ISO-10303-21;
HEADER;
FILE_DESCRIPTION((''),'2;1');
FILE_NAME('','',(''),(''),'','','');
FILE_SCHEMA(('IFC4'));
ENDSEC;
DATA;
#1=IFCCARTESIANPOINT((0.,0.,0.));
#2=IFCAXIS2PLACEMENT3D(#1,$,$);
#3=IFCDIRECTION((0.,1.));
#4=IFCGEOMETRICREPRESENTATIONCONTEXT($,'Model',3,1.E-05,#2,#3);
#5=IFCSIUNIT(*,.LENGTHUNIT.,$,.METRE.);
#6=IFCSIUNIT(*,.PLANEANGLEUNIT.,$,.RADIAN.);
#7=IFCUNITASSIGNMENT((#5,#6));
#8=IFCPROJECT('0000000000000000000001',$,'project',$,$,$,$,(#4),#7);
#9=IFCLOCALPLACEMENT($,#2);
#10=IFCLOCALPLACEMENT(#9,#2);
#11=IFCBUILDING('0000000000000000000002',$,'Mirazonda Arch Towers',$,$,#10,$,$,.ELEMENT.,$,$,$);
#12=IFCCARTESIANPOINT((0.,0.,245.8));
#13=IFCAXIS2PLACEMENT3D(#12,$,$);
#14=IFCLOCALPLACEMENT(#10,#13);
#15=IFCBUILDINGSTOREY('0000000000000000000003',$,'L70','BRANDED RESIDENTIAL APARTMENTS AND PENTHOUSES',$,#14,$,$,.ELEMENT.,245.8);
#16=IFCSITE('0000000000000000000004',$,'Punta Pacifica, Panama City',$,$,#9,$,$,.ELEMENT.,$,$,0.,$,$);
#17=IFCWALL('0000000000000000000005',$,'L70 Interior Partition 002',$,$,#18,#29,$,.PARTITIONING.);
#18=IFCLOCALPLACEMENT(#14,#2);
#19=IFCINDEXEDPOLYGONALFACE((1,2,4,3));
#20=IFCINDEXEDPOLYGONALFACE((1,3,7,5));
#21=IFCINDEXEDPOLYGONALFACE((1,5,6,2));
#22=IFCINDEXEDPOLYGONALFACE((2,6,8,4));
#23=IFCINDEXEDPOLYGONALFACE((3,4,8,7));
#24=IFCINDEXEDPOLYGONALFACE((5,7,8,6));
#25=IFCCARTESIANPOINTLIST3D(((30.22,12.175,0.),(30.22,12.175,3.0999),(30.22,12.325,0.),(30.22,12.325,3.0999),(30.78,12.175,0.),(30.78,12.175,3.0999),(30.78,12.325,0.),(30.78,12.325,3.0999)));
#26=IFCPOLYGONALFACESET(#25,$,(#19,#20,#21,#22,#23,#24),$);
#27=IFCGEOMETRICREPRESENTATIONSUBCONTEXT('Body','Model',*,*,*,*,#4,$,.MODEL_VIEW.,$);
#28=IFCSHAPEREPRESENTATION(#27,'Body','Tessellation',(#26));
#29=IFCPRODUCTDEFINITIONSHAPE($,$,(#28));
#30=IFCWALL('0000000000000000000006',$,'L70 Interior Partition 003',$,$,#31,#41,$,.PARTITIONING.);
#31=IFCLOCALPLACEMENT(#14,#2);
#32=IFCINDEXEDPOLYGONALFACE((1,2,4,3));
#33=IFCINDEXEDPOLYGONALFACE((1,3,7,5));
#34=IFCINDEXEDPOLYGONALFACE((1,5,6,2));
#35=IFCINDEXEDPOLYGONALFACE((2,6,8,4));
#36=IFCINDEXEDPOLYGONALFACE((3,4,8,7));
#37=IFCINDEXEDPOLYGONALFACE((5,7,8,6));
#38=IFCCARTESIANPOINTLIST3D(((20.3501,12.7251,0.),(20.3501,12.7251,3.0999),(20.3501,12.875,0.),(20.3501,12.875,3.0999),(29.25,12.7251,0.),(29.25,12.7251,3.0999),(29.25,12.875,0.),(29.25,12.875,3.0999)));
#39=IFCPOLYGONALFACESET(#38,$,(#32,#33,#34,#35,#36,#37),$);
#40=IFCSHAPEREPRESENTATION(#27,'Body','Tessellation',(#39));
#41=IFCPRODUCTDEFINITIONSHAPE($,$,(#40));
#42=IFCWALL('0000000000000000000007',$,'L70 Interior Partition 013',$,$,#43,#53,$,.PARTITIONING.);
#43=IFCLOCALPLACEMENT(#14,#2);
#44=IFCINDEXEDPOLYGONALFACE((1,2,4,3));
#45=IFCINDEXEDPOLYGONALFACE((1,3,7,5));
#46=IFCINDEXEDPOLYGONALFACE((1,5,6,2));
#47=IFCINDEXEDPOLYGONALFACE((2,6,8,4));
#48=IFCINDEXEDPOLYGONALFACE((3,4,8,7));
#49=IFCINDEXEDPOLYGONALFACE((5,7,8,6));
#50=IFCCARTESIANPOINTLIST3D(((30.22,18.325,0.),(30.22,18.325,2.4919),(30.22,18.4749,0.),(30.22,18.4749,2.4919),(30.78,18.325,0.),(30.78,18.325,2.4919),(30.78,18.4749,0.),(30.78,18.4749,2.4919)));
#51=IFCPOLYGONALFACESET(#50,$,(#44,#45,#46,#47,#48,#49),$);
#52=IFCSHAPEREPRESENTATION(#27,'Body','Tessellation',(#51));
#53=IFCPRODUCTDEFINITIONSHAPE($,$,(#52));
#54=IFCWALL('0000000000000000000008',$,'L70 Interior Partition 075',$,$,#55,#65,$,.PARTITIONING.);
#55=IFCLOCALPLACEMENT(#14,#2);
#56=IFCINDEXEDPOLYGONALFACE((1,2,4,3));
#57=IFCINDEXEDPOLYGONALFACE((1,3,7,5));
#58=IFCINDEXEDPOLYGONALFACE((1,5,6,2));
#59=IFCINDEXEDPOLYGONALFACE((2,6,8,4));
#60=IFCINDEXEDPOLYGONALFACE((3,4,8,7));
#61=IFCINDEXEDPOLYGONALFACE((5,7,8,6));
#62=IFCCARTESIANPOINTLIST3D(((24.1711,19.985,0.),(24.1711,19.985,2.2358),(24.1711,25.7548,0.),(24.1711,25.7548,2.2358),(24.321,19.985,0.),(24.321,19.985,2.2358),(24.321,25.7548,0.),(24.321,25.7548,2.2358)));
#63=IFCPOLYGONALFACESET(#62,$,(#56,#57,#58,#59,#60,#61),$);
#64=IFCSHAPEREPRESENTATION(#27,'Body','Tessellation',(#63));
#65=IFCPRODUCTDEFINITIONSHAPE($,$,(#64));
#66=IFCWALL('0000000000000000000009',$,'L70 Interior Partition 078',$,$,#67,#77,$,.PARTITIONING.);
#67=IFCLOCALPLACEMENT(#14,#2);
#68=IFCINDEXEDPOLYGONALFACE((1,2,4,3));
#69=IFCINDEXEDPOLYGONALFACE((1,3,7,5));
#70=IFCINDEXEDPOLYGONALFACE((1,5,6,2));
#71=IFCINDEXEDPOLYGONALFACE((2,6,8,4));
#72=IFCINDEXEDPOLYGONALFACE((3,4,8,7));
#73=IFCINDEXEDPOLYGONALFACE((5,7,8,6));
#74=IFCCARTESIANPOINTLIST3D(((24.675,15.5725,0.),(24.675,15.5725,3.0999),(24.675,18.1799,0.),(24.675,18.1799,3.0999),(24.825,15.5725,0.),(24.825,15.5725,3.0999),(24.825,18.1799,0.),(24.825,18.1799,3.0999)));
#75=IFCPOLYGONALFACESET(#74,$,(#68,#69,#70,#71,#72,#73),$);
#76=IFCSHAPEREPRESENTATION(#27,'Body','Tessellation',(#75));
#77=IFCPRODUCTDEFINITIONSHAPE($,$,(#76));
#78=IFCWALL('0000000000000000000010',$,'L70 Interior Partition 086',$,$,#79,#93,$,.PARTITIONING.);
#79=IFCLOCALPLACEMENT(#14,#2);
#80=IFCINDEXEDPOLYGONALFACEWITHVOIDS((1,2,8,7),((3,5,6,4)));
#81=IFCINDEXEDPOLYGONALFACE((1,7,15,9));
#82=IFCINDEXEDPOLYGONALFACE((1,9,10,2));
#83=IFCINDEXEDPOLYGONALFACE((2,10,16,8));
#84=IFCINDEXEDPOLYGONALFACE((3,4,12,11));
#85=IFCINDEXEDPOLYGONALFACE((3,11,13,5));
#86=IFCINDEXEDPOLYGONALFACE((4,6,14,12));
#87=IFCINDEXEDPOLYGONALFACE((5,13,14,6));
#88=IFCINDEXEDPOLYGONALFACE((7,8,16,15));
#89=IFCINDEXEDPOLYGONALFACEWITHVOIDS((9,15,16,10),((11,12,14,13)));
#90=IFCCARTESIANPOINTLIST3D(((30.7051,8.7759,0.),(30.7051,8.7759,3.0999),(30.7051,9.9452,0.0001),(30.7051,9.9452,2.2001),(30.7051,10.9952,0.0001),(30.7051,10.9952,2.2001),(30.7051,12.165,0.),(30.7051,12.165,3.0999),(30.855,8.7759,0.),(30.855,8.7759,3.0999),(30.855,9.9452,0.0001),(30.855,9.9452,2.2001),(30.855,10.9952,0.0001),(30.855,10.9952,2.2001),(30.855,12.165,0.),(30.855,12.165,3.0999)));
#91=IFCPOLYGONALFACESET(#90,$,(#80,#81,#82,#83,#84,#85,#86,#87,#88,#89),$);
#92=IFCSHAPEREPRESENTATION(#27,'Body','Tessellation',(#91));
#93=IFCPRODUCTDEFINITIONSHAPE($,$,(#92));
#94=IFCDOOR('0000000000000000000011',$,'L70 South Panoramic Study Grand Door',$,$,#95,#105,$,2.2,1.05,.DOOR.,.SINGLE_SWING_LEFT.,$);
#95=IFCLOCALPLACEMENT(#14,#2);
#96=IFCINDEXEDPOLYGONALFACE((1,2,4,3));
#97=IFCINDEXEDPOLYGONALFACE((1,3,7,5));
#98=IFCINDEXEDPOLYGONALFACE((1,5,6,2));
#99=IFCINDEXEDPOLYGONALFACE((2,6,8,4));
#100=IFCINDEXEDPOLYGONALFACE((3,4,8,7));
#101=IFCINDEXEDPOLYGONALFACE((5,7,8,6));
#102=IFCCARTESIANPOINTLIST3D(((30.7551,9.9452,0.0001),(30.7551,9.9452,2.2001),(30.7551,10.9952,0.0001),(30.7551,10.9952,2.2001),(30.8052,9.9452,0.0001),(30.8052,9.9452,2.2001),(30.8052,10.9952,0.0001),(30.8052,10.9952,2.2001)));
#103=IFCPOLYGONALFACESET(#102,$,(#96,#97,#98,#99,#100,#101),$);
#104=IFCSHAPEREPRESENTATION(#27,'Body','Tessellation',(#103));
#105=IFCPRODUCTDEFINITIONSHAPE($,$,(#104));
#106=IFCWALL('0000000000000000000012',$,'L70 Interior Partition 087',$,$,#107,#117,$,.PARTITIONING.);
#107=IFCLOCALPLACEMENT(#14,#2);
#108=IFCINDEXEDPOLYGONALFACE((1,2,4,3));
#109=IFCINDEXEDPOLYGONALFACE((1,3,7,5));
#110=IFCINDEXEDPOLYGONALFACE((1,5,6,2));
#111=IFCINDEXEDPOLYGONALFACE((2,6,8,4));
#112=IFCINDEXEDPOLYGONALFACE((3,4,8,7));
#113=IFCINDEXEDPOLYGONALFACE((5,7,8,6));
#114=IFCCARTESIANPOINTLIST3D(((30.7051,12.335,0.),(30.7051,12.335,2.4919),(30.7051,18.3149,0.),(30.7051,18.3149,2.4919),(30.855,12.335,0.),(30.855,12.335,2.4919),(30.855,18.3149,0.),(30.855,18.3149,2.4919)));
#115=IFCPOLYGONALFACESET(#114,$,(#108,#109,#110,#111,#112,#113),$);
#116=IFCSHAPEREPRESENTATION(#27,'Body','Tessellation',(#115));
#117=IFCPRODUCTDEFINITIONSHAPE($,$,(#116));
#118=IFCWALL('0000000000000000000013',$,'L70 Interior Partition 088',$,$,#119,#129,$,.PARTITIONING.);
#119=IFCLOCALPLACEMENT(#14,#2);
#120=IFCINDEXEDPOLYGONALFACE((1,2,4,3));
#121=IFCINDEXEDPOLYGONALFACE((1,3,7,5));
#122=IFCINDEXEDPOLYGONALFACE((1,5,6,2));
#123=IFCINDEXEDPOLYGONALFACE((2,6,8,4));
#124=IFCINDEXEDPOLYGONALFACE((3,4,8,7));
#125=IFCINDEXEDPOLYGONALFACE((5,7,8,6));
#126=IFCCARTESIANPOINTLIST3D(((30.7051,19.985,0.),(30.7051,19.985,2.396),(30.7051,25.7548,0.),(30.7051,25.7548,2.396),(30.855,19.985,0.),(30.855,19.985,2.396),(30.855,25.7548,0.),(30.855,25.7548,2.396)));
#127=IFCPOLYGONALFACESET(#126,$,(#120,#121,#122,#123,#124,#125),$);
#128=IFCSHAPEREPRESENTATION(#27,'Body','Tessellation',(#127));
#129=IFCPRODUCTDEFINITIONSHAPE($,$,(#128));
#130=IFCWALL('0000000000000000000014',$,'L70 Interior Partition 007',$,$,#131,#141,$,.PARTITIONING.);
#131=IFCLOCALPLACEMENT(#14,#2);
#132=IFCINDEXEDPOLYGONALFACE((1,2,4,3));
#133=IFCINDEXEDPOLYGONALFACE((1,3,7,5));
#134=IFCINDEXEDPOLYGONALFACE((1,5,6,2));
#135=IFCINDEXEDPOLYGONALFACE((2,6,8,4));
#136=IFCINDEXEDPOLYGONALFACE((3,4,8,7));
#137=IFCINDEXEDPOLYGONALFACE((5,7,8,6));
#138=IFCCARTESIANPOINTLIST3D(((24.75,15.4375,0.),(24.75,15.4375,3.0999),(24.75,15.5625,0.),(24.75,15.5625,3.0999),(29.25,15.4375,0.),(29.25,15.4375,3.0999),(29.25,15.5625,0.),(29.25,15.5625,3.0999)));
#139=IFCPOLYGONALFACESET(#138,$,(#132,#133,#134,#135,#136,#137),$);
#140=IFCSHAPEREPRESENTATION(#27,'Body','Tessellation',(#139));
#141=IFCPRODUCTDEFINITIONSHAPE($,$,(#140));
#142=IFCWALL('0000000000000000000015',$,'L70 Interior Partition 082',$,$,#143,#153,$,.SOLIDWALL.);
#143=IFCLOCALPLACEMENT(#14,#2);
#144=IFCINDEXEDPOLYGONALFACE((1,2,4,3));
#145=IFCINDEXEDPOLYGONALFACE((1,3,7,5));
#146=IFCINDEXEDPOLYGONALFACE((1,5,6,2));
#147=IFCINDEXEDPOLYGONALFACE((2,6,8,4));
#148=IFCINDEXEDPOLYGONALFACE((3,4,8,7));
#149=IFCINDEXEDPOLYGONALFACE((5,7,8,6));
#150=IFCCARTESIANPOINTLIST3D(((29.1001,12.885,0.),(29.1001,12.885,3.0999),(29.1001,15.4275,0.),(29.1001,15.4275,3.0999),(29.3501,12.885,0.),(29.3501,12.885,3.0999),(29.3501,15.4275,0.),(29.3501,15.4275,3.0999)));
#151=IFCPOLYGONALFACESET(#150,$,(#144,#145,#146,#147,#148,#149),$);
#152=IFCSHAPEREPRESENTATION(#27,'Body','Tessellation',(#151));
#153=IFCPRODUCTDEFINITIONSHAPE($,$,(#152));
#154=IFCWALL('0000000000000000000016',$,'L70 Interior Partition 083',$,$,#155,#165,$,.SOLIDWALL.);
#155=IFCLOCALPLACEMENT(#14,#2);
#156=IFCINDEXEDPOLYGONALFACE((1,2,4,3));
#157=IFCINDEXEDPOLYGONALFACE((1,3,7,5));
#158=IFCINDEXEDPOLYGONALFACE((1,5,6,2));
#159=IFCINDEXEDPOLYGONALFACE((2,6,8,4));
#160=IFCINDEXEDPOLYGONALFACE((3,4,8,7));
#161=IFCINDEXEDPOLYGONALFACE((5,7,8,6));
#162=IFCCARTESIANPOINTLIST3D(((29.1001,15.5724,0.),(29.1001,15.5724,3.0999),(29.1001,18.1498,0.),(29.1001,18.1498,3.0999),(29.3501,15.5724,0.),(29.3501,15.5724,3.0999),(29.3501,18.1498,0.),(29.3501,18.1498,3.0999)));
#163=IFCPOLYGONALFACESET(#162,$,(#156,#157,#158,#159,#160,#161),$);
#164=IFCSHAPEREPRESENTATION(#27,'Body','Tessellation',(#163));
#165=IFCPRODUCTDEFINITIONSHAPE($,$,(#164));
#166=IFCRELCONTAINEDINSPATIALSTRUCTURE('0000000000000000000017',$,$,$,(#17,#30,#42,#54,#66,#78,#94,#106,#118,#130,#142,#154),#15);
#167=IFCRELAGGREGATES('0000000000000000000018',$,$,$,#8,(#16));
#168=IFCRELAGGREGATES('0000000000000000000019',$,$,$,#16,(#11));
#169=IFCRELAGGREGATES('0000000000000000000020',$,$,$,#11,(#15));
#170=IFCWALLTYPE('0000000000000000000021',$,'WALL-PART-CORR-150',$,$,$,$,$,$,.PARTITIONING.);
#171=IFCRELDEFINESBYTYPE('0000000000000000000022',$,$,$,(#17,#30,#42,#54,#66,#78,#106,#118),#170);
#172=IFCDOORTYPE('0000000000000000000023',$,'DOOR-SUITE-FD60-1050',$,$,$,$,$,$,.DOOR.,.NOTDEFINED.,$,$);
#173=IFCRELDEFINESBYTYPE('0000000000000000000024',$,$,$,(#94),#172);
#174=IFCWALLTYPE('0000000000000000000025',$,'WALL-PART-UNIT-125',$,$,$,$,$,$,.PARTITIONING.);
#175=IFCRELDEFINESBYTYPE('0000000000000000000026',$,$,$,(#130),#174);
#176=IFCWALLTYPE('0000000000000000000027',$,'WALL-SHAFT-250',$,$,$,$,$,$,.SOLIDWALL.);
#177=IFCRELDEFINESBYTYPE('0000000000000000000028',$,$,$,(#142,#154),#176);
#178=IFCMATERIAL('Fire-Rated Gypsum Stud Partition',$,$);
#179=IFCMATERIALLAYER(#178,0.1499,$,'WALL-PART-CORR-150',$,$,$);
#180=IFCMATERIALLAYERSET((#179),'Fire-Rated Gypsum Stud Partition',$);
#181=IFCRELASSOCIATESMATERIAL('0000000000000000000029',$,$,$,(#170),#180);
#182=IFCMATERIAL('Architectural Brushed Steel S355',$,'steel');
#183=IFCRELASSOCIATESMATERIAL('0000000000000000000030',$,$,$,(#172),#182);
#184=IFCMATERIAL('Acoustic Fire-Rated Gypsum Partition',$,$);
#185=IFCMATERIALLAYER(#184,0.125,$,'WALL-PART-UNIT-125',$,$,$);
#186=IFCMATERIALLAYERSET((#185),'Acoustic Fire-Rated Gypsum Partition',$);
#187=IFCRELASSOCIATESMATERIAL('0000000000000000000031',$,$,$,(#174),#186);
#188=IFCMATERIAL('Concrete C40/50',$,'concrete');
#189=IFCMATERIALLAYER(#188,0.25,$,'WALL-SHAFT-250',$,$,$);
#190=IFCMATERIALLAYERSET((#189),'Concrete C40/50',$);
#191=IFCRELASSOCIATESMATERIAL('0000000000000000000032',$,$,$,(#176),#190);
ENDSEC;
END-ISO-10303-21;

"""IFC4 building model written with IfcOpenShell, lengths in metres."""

from ifc_helpers import new_model, si_unit, direction, frame, frame_2d, origin, place, context, subcontext, project, spatial, rectangle, extrude, material, layer, layer_set, type_object, element, fill, save


model = new_model("IFC4")

# Units and contexts
model_context = context("Model", 3, precision=1e-05, world=origin(), true_north=direction((0.0, 1.0)))
body_context = subcontext(model_context, "Body", "Model", "MODEL_VIEW")
ifc_project = project(units=[si_unit("LENGTHUNIT", "METRE"), si_unit("PLANEANGLEUNIT", "RADIAN")], contexts=[model_context])

# Site, building, storey
site_placement = place(None, origin())
site = spatial("IfcSite", under=ifc_project, at=site_placement, Name="Punta Pacifica, Panama City", CompositionType="ELEMENT", RefElevation=0.0)
building_placement = place(site_placement, origin())
building = spatial("IfcBuilding", under=site, at=building_placement, Name="Mirazonda Arch Towers", CompositionType="ELEMENT")
storey_placement = place(building_placement, frame((0.0, 0.0, 245.8)))
storey = spatial("IfcBuildingStorey", under=building, at=storey_placement, Name="L70", Description="BRANDED RESIDENTIAL APARTMENTS AND PENTHOUSES", CompositionType="ELEMENT", Elevation=245.8)

# Walls
ifc_material_1 = material(Name="Concrete C40/50", Category="concrete")
ifc_material_2 = material(Name="Fire-Rated Gypsum Stud Partition")
ifc_layer_1 = layer(ifc_material_2, 0.1499, Name="WALL-PART-CORR-150")
ifc_layer_set_1 = layer_set([ifc_layer_1], Name="Fire-Rated Gypsum Stud Partition")
wall_type_1 = type_object("IfcWallType", Name="WALL-PART-CORR-150", PredefinedType="PARTITIONING", material=ifc_layer_set_1)
wall_1_placement = place(storey_placement, frame((30.22, 12.25, 0.0), z_axis=(0.0, 0.0, 1.0), x_axis=(1.0, 0.0, 0.0)))
element("IfcWall", 1, at=wall_1_placement, inside=storey, type_object=wall_type_1, Name="L70 Interior Partition 002", PredefinedType="PARTITIONING", context=body_context, shape_type="SweptSolid", body=[
    extrude(rectangle(XDim=0.5601, YDim=0.1499, at=frame_2d((0.28, 0.0))), origin(), (0.0, 0.0, 1.0), 3.0999),
])
wall_2_placement = place(storey_placement, frame((20.3501, 12.8, 0.0), z_axis=(0.0, 0.0, 1.0), x_axis=(1.0, 0.0, 0.0)))
element("IfcWall", 2, at=wall_2_placement, inside=storey, type_object=wall_type_1, Name="L70 Interior Partition 003", PredefinedType="PARTITIONING", context=body_context, shape_type="SweptSolid", body=[
    extrude(rectangle(XDim=8.8999, YDim=0.1499, at=frame_2d((4.45, 0.0))), origin(), (0.0, 0.0, 1.0), 3.0999),
])
wall_3_placement = place(storey_placement, frame((30.22, 18.3999, 0.0), z_axis=(0.0, 0.0, 1.0), x_axis=(1.0, 0.0, 0.0)))
element("IfcWall", 3, at=wall_3_placement, inside=storey, type_object=wall_type_1, Name="L70 Interior Partition 013", PredefinedType="PARTITIONING", context=body_context, shape_type="SweptSolid", body=[
    extrude(rectangle(XDim=0.5601, YDim=0.1499, at=frame_2d((0.28, 0.0))), origin(), (0.0, 0.0, 1.0), 2.4919),
])
wall_4_placement = place(storey_placement, frame((24.2461, 19.9851, 0.0), z_axis=(0.0, 0.0, 1.0), x_axis=(0.0, 1.0, 0.0)))
element("IfcWall", 4, at=wall_4_placement, inside=storey, type_object=wall_type_1, Name="L70 Interior Partition 075", PredefinedType="PARTITIONING", context=body_context, shape_type="SweptSolid", body=[
    extrude(rectangle(XDim=5.7698, YDim=0.1499, at=frame_2d((2.8848, 0.0))), origin(), (0.0, 0.0, 1.0), 2.2358),
])

# Shared definitions
ifc_material_3 = material(Name="Architectural Brushed Steel S355", Category="steel")

# Wall
wall_5_placement = place(storey_placement, frame((24.75, 15.5725, 0.0), z_axis=(0.0, 0.0, 1.0), x_axis=(0.0, 1.0, 0.0)))
element("IfcWall", 5, at=wall_5_placement, inside=storey, type_object=wall_type_1, Name="L70 Interior Partition 078", PredefinedType="PARTITIONING", context=body_context, shape_type="SweptSolid", body=[
    extrude(rectangle(XDim=2.6074, YDim=0.1499, at=frame_2d((1.3037, 0.0))), origin(), (0.0, 0.0, 1.0), 3.0999),
])

# Wall, opening, door
wall_6_placement = place(storey_placement, frame((30.78, 8.7759, 0.0), z_axis=(0.0, 0.0, 1.0), x_axis=(0.0, 1.0, 0.0)))
wall_6 = element("IfcWall", 6, at=wall_6_placement, inside=storey, type_object=wall_type_1, Name="L70 Interior Partition 086", PredefinedType="PARTITIONING", context=body_context, shape_type="SweptSolid", body=[
    extrude(rectangle(XDim=3.3892, YDim=0.1499, at=frame_2d((1.6946, 0.0))), origin(), (0.0, 0.0, 1.0), 3.0999),
])
opening_1_placement = place(wall_6_placement, frame((1.1694, 0.0, 0.0)))
opening_1 = element("IfcOpeningElement", 7, at=opening_1_placement, cuts=wall_6, PredefinedType="OPENING", context=body_context, shape_type="SweptSolid", body=[
    extrude(rectangle(XDim=1.05, YDim=2.2, at=frame_2d((0.5249, 1.1001))), frame((0.0, 0.085, 0.0), z_axis=(0.0, -1.0, 0.0), x_axis=(1.0, 0.0, 0.0)), (0.0, 0.0, 1.0), 0.1699),
])
door_type_1 = type_object("IfcDoorType", Name="DOOR-SUITE-FD60-1050", OperationType="NOTDEFINED", PredefinedType="DOOR", material=ifc_material_3)
door_1_placement = place(opening_1_placement, origin())
door_1 = element("IfcDoor", 8, at=door_1_placement, inside=storey, type_object=door_type_1, Name="L70 South Panoramic Study Grand Door", OperationType="SINGLE_SWING_LEFT", OverallHeight=2.2, OverallWidth=1.05, PredefinedType="DOOR", context=body_context, shape_type="SweptSolid", body=[
    extrude(rectangle(XDim=1.05, YDim=2.2, at=frame_2d((0.5249, 1.1001))), frame((0.0, 0.0249, 0.0), z_axis=(0.0, -1.0, 0.0), x_axis=(1.0, 0.0, 0.0)), (0.0, 0.0, 1.0), 0.05),
])
fill(opening_1, door_1)

# Walls
wall_7_placement = place(storey_placement, frame((30.78, 12.335, 0.0), z_axis=(0.0, 0.0, 1.0), x_axis=(0.0, 1.0, 0.0)))
element("IfcWall", 9, at=wall_7_placement, inside=storey, type_object=wall_type_1, Name="L70 Interior Partition 087", PredefinedType="PARTITIONING", context=body_context, shape_type="SweptSolid", body=[
    extrude(rectangle(XDim=5.98, YDim=0.1499, at=frame_2d((2.99, 0.0))), origin(), (0.0, 0.0, 1.0), 2.4919),
])
wall_8_placement = place(storey_placement, frame((30.78, 19.9851, 0.0), z_axis=(0.0, 0.0, 1.0), x_axis=(0.0, 1.0, 0.0)))
element("IfcWall", 10, at=wall_8_placement, inside=storey, type_object=wall_type_1, Name="L70 Interior Partition 088", PredefinedType="PARTITIONING", context=body_context, shape_type="SweptSolid", body=[
    extrude(rectangle(XDim=5.7698, YDim=0.1499, at=frame_2d((2.8848, 0.0))), origin(), (0.0, 0.0, 1.0), 2.396),
])
ifc_material_4 = material(Name="Acoustic Fire-Rated Gypsum Partition")
ifc_layer_2 = layer(ifc_material_4, 0.125, Name="WALL-PART-UNIT-125")
ifc_layer_set_2 = layer_set([ifc_layer_2], Name="Acoustic Fire-Rated Gypsum Partition")
wall_type_2 = type_object("IfcWallType", Name="WALL-PART-UNIT-125", PredefinedType="PARTITIONING", material=ifc_layer_set_2)
wall_9_placement = place(storey_placement, frame((24.75, 15.5, 0.0), z_axis=(0.0, 0.0, 1.0), x_axis=(1.0, 0.0, 0.0)))
element("IfcWall", 11, at=wall_9_placement, inside=storey, type_object=wall_type_2, Name="L70 Interior Partition 007", PredefinedType="PARTITIONING", context=body_context, shape_type="SweptSolid", body=[
    extrude(rectangle(XDim=4.5, YDim=0.125, at=frame_2d((2.25, 0.0))), origin(), (0.0, 0.0, 1.0), 3.0999),
])
ifc_layer_3 = layer(ifc_material_1, 0.25, Name="WALL-SHAFT-250")
ifc_layer_set_3 = layer_set([ifc_layer_3], Name="Concrete C40/50")
wall_type_3 = type_object("IfcWallType", Name="WALL-SHAFT-250", PredefinedType="SOLIDWALL", material=ifc_layer_set_3)
wall_10_placement = place(storey_placement, frame((29.2251, 12.885, 0.0), z_axis=(0.0, 0.0, 1.0), x_axis=(0.0, 1.0, 0.0)))
element("IfcWall", 12, at=wall_10_placement, inside=storey, type_object=wall_type_3, Name="L70 Interior Partition 082", PredefinedType="SOLIDWALL", context=body_context, shape_type="SweptSolid", body=[
    extrude(rectangle(XDim=2.5425, YDim=0.25, at=frame_2d((1.2712, 0.0))), origin(), (0.0, 0.0, 1.0), 3.0999),
])
wall_11_placement = place(storey_placement, frame((29.2251, 15.5725, 0.0), z_axis=(0.0, 0.0, 1.0), x_axis=(0.0, 1.0, 0.0)))
element("IfcWall", 13, at=wall_11_placement, inside=storey, type_object=wall_type_3, Name="L70 Interior Partition 083", PredefinedType="SOLIDWALL", context=body_context, shape_type="SweptSolid", body=[
    extrude(rectangle(XDim=2.5774, YDim=0.25, at=frame_2d((1.2886, 0.0))), origin(), (0.0, 0.0, 1.0), 3.0999),
])

save(model, "model.ifc")
